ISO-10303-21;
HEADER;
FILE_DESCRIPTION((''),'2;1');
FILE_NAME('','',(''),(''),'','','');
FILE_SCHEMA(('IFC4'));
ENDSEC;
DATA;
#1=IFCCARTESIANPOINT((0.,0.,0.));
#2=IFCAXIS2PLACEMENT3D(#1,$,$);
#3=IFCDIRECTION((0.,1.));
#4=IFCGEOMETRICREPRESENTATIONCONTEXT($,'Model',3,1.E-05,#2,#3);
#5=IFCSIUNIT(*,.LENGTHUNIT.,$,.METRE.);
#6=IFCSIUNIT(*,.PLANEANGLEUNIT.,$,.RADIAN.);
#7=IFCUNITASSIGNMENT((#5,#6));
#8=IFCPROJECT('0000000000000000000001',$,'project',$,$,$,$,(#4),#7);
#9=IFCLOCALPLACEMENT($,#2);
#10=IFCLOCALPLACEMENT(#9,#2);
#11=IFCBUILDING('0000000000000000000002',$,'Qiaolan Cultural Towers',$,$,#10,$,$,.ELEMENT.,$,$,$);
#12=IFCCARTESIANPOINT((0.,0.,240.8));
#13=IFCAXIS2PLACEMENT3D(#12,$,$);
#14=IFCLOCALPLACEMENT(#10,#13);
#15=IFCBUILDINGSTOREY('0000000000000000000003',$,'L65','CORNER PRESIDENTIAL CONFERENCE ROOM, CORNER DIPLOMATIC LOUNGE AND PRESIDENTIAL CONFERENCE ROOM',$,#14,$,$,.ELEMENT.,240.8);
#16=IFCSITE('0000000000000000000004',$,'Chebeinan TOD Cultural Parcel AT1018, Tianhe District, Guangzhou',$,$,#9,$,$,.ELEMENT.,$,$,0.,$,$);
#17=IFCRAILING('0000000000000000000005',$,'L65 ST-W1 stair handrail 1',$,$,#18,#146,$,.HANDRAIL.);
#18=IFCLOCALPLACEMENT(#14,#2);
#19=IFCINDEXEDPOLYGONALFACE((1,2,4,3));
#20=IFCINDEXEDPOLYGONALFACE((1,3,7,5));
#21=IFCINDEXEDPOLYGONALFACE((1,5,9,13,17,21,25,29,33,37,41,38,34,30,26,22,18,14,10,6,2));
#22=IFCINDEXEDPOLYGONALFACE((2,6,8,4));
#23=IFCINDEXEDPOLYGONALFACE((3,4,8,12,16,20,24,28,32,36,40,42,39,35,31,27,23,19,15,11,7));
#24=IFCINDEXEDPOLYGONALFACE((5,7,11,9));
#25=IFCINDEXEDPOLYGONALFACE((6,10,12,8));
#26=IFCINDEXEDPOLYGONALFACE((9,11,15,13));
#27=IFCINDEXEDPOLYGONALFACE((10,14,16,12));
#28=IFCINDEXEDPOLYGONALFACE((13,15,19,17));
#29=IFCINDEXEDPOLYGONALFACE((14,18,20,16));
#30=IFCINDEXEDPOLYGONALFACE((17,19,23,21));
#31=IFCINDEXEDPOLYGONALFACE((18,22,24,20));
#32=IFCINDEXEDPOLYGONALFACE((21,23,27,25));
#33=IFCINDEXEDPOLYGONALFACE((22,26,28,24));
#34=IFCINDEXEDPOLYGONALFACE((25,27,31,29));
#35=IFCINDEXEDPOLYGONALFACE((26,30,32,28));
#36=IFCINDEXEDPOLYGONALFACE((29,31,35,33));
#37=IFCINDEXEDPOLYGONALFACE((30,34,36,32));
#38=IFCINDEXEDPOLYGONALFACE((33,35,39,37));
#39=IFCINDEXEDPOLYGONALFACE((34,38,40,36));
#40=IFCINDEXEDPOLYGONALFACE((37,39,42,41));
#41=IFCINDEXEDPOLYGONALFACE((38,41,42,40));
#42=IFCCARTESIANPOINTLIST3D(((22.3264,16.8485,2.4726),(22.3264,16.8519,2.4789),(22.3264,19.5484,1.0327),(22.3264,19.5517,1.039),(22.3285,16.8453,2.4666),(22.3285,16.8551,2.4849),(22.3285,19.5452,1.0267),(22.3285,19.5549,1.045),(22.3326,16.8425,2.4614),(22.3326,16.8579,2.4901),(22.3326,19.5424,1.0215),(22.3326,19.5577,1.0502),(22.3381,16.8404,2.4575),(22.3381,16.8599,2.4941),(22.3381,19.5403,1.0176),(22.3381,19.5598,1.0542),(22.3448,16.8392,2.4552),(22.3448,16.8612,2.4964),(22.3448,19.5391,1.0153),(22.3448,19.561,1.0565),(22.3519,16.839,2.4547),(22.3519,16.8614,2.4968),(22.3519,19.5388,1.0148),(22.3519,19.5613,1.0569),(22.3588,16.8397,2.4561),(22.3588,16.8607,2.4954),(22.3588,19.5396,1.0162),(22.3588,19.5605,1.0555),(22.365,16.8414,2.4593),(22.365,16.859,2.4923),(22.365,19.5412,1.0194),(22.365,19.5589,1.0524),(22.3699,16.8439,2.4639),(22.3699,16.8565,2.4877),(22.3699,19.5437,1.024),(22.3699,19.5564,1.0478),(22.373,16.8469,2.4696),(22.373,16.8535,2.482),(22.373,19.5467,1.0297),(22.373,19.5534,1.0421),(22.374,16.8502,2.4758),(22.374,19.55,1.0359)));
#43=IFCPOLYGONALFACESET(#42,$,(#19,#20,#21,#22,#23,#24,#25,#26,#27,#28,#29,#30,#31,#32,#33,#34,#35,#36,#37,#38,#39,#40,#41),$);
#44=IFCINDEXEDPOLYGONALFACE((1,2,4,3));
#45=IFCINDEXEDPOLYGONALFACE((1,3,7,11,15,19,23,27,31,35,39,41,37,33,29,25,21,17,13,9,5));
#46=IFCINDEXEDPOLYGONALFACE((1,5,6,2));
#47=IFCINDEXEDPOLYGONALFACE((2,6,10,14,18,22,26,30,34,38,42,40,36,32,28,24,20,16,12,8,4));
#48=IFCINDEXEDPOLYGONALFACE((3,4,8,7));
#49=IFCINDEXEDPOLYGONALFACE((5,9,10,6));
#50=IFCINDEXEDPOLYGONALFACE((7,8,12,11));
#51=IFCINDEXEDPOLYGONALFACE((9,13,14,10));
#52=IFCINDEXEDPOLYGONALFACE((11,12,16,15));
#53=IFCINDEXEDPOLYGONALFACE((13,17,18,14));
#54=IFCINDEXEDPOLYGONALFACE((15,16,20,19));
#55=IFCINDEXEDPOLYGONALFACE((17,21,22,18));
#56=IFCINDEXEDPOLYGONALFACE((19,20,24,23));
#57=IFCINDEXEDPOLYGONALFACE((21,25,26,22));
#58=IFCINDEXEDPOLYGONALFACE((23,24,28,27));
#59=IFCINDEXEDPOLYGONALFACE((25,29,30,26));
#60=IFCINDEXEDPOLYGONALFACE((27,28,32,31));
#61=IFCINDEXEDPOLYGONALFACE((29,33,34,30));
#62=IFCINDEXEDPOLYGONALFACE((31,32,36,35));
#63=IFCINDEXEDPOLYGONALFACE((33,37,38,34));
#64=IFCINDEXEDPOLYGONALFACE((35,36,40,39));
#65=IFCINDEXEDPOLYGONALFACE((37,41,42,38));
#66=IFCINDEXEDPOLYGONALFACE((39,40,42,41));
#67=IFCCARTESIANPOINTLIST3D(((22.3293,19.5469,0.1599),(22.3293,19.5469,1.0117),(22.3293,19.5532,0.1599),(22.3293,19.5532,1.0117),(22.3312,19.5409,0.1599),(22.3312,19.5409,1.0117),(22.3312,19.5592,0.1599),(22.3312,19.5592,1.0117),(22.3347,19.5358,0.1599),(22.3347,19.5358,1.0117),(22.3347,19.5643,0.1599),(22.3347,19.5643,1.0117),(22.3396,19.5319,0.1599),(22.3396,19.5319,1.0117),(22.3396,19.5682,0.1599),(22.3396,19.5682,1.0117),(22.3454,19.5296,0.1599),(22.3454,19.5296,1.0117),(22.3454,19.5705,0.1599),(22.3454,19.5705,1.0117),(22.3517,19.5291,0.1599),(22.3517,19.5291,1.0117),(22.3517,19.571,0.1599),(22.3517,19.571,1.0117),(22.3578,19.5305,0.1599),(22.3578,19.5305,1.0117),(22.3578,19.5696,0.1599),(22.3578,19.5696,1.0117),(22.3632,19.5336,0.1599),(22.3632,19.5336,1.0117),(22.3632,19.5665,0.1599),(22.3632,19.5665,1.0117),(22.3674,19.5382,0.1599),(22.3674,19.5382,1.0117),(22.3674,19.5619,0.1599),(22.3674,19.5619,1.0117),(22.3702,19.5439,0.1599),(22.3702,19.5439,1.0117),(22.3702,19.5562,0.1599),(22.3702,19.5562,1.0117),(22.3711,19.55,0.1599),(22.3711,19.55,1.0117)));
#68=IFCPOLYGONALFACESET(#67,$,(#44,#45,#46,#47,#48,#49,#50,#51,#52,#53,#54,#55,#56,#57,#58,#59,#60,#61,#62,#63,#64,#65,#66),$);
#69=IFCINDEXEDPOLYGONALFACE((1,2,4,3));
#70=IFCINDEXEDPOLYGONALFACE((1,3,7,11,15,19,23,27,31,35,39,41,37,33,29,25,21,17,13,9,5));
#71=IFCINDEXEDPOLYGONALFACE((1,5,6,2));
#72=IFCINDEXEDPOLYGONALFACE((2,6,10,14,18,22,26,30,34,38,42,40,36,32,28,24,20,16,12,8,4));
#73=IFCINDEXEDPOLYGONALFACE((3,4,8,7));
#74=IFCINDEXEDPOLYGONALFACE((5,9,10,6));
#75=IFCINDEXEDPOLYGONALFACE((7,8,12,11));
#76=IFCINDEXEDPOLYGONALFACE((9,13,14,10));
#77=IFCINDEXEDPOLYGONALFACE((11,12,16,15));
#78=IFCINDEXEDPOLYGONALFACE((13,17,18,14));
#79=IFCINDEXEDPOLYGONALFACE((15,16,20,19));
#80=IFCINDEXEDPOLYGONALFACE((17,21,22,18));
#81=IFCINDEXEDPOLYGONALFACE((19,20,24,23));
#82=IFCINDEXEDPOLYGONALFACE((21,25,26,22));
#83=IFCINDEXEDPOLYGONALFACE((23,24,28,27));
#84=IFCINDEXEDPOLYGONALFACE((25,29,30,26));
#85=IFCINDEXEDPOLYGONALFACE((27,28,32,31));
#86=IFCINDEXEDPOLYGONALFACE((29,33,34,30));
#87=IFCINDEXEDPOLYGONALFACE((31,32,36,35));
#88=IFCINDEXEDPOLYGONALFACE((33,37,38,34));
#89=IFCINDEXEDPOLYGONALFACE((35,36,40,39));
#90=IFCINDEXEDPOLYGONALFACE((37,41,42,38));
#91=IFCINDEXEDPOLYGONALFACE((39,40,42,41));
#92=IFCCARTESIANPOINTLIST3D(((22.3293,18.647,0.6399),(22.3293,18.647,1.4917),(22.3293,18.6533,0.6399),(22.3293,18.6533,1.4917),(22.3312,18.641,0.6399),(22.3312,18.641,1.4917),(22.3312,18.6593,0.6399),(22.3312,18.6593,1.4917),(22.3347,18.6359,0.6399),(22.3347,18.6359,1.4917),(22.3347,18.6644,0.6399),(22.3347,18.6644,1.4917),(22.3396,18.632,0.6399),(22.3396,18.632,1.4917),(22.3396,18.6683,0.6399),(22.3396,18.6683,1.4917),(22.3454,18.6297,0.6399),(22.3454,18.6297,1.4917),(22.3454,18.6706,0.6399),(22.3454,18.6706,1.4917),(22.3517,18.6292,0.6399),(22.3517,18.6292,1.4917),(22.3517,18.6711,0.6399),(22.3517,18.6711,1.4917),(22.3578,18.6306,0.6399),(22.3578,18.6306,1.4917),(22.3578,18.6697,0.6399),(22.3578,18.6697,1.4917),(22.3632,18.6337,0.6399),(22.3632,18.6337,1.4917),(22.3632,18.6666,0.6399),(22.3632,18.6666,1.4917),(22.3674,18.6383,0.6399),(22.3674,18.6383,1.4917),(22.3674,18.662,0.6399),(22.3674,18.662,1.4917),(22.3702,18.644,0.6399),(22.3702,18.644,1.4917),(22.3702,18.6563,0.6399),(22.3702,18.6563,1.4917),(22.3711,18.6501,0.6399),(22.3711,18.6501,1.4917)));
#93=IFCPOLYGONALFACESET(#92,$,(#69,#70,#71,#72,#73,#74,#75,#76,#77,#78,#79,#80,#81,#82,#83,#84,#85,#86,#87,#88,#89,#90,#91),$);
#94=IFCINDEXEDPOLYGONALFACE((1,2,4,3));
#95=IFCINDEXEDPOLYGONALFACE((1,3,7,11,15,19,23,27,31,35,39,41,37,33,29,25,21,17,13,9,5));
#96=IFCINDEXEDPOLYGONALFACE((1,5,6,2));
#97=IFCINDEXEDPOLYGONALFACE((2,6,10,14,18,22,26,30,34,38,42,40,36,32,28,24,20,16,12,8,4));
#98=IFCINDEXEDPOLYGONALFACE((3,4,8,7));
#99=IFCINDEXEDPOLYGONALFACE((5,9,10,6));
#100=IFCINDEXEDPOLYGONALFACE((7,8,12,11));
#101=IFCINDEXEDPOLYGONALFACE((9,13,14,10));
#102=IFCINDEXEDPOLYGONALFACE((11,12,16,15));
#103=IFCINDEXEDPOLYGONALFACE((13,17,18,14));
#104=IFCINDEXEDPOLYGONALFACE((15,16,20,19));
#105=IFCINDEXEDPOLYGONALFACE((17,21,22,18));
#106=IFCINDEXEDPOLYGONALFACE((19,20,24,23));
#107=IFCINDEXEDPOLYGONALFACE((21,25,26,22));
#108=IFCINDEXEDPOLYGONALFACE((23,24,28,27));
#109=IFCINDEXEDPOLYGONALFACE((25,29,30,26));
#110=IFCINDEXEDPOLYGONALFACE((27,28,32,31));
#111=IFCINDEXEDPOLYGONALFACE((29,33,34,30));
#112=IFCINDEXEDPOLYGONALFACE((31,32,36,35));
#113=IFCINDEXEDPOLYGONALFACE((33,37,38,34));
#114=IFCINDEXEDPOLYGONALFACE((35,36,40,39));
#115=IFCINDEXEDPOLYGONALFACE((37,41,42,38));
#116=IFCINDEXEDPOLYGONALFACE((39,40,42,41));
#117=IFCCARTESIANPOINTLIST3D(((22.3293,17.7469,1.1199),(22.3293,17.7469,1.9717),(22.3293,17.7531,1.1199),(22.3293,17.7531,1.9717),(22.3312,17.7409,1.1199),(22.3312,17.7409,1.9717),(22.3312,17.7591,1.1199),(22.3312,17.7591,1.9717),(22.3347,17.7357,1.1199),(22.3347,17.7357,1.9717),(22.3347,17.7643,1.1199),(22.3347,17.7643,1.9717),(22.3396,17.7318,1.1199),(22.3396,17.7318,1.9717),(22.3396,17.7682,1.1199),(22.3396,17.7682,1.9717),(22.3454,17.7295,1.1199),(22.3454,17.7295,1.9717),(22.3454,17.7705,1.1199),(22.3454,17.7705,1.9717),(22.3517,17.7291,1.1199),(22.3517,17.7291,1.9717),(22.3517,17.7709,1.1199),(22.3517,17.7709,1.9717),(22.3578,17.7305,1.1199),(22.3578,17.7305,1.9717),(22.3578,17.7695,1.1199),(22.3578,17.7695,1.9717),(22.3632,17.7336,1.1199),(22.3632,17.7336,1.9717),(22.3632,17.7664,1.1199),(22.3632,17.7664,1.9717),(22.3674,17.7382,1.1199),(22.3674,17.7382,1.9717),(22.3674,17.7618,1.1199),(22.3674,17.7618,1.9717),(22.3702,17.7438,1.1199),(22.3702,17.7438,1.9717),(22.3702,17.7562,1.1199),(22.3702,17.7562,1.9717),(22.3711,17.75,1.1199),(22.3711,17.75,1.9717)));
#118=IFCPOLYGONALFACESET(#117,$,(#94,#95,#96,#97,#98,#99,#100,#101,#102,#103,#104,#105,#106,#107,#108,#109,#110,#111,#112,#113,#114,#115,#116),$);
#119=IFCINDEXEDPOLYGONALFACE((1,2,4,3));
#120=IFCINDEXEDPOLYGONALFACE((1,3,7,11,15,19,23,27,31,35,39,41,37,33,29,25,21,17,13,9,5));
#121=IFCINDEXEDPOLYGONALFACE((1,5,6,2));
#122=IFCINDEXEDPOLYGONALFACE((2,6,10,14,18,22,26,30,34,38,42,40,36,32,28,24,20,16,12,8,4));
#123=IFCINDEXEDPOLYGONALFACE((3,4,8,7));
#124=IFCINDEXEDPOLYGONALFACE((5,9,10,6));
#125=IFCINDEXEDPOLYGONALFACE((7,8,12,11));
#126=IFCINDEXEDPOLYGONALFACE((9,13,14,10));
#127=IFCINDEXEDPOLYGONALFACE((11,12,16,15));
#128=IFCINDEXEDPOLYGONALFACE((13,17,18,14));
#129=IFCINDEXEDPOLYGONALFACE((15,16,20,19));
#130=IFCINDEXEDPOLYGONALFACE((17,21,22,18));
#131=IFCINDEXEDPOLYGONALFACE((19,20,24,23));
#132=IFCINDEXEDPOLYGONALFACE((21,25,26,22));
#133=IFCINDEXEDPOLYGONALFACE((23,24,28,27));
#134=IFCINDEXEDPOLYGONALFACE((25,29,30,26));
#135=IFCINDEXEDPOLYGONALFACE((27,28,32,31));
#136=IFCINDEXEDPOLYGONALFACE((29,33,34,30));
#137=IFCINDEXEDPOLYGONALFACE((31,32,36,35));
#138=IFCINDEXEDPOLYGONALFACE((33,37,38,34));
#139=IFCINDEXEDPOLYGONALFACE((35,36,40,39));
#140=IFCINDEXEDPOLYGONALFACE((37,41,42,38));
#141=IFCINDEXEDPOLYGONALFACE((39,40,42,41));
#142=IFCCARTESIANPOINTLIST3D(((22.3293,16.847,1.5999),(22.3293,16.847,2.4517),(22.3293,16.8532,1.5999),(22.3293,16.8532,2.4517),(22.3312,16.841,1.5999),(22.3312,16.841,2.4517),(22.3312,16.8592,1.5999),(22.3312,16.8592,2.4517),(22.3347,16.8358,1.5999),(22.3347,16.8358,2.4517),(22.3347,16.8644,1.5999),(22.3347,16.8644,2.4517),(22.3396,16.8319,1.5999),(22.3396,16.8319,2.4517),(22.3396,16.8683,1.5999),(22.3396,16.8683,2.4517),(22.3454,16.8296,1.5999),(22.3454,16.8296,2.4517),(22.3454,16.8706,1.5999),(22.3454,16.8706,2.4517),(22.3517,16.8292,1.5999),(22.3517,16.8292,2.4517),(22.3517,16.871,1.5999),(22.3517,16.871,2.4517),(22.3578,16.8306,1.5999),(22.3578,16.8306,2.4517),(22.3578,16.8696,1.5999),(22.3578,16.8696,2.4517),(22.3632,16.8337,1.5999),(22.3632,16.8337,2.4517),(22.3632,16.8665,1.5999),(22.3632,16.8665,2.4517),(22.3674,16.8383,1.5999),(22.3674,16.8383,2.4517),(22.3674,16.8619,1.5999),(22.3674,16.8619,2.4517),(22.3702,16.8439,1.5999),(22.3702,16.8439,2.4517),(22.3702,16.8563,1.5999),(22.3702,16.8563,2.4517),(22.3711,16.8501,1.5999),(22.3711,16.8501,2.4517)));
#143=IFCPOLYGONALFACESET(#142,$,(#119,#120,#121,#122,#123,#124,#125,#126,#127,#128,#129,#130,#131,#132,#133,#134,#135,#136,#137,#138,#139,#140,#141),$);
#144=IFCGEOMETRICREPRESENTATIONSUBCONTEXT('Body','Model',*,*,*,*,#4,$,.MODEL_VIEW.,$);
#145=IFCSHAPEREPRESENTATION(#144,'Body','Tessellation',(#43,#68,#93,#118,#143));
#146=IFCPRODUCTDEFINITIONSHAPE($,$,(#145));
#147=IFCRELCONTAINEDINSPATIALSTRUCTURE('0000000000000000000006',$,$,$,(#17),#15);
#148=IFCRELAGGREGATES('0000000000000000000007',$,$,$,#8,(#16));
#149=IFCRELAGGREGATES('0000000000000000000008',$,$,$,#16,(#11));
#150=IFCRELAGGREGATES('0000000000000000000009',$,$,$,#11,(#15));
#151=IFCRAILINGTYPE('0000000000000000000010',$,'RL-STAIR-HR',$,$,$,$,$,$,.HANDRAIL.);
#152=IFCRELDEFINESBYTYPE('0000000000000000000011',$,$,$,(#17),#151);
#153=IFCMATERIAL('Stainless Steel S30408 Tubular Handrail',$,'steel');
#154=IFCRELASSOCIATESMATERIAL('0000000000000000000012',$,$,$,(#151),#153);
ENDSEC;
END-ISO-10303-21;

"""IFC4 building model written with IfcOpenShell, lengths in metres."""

from ifc_helpers import new_model, si_unit, direction, frame, origin, origin_2d, place, context, subcontext, project, spatial, circle, extrude, material, type_object, element, save


model = new_model("IFC4")

# Units and contexts
model_context = context("Model", 3, precision=1e-05, world=origin(), true_north=direction((0.0, 1.0)))
body_context = subcontext(model_context, "Body", "Model", "MODEL_VIEW")
ifc_project = project(units=[si_unit("LENGTHUNIT", "METRE"), si_unit("PLANEANGLEUNIT", "RADIAN")], contexts=[model_context])

# Site, building, storey
site_placement = place(None, origin())
site = spatial("IfcSite", under=ifc_project, at=site_placement, Name="Chebeinan TOD Cultural Parcel AT1018, Tianhe District, Guangzhou", CompositionType="ELEMENT", RefElevation=0.0)
building_placement = place(site_placement, origin())
building = spatial("IfcBuilding", under=site, at=building_placement, Name="Qiaolan Cultural Towers", CompositionType="ELEMENT")
storey_placement = place(building_placement, frame((0.0, 0.0, 240.8)))
storey = spatial("IfcBuildingStorey", under=building, at=storey_placement, Name="L65", Description="CORNER PRESIDENTIAL CONFERENCE ROOM, CORNER DIPLOMATIC LOUNGE AND PRESIDENTIAL CONFERENCE ROOM", CompositionType="ELEMENT", Elevation=240.8)

# Railing
ifc_material_1 = material(Name="Stainless Steel S30408 Tubular Handrail", Category="steel")
railing_type_1 = type_object("IfcRailingType", Name="RL-STAIR-HR", PredefinedType="HANDRAIL", material=ifc_material_1)
railing_1_placement = place(storey_placement, frame((22.3501, 19.55, 0.1599)))
element("IfcRailing", 1, at=railing_1_placement, inside=storey, type_object=railing_type_1, Name="L65 ST-W1 stair handrail 1", PredefinedType="HANDRAIL", context=body_context, shape_type="SweptSolid", body=[
    extrude(circle(Radius=0.0239, at=origin_2d()), frame((0.0, 0.0, 0.876), z_axis=(0.0, -0.882357, 0.47058), x_axis=(1.0, 0.0, 0.0)), (0.0, 0.0, 1.0), 3.0598),
    extrude(circle(Radius=0.021, at=origin_2d()), origin(), (0.0, 0.0, 1.0), 0.8518),
    extrude(circle(Radius=0.021, at=origin_2d()), frame((0.0, -0.8999, 0.48)), (0.0, 0.0, 1.0), 0.8518),
    extrude(circle(Radius=0.021, at=origin_2d()), frame((0.0, -1.8, 0.96)), (0.0, 0.0, 1.0), 0.8518),
    extrude(circle(Radius=0.021, at=origin_2d()), frame((0.0, -2.7, 1.4399)), (0.0, 0.0, 1.0), 0.8518),
])

save(model, "model.ifc")
